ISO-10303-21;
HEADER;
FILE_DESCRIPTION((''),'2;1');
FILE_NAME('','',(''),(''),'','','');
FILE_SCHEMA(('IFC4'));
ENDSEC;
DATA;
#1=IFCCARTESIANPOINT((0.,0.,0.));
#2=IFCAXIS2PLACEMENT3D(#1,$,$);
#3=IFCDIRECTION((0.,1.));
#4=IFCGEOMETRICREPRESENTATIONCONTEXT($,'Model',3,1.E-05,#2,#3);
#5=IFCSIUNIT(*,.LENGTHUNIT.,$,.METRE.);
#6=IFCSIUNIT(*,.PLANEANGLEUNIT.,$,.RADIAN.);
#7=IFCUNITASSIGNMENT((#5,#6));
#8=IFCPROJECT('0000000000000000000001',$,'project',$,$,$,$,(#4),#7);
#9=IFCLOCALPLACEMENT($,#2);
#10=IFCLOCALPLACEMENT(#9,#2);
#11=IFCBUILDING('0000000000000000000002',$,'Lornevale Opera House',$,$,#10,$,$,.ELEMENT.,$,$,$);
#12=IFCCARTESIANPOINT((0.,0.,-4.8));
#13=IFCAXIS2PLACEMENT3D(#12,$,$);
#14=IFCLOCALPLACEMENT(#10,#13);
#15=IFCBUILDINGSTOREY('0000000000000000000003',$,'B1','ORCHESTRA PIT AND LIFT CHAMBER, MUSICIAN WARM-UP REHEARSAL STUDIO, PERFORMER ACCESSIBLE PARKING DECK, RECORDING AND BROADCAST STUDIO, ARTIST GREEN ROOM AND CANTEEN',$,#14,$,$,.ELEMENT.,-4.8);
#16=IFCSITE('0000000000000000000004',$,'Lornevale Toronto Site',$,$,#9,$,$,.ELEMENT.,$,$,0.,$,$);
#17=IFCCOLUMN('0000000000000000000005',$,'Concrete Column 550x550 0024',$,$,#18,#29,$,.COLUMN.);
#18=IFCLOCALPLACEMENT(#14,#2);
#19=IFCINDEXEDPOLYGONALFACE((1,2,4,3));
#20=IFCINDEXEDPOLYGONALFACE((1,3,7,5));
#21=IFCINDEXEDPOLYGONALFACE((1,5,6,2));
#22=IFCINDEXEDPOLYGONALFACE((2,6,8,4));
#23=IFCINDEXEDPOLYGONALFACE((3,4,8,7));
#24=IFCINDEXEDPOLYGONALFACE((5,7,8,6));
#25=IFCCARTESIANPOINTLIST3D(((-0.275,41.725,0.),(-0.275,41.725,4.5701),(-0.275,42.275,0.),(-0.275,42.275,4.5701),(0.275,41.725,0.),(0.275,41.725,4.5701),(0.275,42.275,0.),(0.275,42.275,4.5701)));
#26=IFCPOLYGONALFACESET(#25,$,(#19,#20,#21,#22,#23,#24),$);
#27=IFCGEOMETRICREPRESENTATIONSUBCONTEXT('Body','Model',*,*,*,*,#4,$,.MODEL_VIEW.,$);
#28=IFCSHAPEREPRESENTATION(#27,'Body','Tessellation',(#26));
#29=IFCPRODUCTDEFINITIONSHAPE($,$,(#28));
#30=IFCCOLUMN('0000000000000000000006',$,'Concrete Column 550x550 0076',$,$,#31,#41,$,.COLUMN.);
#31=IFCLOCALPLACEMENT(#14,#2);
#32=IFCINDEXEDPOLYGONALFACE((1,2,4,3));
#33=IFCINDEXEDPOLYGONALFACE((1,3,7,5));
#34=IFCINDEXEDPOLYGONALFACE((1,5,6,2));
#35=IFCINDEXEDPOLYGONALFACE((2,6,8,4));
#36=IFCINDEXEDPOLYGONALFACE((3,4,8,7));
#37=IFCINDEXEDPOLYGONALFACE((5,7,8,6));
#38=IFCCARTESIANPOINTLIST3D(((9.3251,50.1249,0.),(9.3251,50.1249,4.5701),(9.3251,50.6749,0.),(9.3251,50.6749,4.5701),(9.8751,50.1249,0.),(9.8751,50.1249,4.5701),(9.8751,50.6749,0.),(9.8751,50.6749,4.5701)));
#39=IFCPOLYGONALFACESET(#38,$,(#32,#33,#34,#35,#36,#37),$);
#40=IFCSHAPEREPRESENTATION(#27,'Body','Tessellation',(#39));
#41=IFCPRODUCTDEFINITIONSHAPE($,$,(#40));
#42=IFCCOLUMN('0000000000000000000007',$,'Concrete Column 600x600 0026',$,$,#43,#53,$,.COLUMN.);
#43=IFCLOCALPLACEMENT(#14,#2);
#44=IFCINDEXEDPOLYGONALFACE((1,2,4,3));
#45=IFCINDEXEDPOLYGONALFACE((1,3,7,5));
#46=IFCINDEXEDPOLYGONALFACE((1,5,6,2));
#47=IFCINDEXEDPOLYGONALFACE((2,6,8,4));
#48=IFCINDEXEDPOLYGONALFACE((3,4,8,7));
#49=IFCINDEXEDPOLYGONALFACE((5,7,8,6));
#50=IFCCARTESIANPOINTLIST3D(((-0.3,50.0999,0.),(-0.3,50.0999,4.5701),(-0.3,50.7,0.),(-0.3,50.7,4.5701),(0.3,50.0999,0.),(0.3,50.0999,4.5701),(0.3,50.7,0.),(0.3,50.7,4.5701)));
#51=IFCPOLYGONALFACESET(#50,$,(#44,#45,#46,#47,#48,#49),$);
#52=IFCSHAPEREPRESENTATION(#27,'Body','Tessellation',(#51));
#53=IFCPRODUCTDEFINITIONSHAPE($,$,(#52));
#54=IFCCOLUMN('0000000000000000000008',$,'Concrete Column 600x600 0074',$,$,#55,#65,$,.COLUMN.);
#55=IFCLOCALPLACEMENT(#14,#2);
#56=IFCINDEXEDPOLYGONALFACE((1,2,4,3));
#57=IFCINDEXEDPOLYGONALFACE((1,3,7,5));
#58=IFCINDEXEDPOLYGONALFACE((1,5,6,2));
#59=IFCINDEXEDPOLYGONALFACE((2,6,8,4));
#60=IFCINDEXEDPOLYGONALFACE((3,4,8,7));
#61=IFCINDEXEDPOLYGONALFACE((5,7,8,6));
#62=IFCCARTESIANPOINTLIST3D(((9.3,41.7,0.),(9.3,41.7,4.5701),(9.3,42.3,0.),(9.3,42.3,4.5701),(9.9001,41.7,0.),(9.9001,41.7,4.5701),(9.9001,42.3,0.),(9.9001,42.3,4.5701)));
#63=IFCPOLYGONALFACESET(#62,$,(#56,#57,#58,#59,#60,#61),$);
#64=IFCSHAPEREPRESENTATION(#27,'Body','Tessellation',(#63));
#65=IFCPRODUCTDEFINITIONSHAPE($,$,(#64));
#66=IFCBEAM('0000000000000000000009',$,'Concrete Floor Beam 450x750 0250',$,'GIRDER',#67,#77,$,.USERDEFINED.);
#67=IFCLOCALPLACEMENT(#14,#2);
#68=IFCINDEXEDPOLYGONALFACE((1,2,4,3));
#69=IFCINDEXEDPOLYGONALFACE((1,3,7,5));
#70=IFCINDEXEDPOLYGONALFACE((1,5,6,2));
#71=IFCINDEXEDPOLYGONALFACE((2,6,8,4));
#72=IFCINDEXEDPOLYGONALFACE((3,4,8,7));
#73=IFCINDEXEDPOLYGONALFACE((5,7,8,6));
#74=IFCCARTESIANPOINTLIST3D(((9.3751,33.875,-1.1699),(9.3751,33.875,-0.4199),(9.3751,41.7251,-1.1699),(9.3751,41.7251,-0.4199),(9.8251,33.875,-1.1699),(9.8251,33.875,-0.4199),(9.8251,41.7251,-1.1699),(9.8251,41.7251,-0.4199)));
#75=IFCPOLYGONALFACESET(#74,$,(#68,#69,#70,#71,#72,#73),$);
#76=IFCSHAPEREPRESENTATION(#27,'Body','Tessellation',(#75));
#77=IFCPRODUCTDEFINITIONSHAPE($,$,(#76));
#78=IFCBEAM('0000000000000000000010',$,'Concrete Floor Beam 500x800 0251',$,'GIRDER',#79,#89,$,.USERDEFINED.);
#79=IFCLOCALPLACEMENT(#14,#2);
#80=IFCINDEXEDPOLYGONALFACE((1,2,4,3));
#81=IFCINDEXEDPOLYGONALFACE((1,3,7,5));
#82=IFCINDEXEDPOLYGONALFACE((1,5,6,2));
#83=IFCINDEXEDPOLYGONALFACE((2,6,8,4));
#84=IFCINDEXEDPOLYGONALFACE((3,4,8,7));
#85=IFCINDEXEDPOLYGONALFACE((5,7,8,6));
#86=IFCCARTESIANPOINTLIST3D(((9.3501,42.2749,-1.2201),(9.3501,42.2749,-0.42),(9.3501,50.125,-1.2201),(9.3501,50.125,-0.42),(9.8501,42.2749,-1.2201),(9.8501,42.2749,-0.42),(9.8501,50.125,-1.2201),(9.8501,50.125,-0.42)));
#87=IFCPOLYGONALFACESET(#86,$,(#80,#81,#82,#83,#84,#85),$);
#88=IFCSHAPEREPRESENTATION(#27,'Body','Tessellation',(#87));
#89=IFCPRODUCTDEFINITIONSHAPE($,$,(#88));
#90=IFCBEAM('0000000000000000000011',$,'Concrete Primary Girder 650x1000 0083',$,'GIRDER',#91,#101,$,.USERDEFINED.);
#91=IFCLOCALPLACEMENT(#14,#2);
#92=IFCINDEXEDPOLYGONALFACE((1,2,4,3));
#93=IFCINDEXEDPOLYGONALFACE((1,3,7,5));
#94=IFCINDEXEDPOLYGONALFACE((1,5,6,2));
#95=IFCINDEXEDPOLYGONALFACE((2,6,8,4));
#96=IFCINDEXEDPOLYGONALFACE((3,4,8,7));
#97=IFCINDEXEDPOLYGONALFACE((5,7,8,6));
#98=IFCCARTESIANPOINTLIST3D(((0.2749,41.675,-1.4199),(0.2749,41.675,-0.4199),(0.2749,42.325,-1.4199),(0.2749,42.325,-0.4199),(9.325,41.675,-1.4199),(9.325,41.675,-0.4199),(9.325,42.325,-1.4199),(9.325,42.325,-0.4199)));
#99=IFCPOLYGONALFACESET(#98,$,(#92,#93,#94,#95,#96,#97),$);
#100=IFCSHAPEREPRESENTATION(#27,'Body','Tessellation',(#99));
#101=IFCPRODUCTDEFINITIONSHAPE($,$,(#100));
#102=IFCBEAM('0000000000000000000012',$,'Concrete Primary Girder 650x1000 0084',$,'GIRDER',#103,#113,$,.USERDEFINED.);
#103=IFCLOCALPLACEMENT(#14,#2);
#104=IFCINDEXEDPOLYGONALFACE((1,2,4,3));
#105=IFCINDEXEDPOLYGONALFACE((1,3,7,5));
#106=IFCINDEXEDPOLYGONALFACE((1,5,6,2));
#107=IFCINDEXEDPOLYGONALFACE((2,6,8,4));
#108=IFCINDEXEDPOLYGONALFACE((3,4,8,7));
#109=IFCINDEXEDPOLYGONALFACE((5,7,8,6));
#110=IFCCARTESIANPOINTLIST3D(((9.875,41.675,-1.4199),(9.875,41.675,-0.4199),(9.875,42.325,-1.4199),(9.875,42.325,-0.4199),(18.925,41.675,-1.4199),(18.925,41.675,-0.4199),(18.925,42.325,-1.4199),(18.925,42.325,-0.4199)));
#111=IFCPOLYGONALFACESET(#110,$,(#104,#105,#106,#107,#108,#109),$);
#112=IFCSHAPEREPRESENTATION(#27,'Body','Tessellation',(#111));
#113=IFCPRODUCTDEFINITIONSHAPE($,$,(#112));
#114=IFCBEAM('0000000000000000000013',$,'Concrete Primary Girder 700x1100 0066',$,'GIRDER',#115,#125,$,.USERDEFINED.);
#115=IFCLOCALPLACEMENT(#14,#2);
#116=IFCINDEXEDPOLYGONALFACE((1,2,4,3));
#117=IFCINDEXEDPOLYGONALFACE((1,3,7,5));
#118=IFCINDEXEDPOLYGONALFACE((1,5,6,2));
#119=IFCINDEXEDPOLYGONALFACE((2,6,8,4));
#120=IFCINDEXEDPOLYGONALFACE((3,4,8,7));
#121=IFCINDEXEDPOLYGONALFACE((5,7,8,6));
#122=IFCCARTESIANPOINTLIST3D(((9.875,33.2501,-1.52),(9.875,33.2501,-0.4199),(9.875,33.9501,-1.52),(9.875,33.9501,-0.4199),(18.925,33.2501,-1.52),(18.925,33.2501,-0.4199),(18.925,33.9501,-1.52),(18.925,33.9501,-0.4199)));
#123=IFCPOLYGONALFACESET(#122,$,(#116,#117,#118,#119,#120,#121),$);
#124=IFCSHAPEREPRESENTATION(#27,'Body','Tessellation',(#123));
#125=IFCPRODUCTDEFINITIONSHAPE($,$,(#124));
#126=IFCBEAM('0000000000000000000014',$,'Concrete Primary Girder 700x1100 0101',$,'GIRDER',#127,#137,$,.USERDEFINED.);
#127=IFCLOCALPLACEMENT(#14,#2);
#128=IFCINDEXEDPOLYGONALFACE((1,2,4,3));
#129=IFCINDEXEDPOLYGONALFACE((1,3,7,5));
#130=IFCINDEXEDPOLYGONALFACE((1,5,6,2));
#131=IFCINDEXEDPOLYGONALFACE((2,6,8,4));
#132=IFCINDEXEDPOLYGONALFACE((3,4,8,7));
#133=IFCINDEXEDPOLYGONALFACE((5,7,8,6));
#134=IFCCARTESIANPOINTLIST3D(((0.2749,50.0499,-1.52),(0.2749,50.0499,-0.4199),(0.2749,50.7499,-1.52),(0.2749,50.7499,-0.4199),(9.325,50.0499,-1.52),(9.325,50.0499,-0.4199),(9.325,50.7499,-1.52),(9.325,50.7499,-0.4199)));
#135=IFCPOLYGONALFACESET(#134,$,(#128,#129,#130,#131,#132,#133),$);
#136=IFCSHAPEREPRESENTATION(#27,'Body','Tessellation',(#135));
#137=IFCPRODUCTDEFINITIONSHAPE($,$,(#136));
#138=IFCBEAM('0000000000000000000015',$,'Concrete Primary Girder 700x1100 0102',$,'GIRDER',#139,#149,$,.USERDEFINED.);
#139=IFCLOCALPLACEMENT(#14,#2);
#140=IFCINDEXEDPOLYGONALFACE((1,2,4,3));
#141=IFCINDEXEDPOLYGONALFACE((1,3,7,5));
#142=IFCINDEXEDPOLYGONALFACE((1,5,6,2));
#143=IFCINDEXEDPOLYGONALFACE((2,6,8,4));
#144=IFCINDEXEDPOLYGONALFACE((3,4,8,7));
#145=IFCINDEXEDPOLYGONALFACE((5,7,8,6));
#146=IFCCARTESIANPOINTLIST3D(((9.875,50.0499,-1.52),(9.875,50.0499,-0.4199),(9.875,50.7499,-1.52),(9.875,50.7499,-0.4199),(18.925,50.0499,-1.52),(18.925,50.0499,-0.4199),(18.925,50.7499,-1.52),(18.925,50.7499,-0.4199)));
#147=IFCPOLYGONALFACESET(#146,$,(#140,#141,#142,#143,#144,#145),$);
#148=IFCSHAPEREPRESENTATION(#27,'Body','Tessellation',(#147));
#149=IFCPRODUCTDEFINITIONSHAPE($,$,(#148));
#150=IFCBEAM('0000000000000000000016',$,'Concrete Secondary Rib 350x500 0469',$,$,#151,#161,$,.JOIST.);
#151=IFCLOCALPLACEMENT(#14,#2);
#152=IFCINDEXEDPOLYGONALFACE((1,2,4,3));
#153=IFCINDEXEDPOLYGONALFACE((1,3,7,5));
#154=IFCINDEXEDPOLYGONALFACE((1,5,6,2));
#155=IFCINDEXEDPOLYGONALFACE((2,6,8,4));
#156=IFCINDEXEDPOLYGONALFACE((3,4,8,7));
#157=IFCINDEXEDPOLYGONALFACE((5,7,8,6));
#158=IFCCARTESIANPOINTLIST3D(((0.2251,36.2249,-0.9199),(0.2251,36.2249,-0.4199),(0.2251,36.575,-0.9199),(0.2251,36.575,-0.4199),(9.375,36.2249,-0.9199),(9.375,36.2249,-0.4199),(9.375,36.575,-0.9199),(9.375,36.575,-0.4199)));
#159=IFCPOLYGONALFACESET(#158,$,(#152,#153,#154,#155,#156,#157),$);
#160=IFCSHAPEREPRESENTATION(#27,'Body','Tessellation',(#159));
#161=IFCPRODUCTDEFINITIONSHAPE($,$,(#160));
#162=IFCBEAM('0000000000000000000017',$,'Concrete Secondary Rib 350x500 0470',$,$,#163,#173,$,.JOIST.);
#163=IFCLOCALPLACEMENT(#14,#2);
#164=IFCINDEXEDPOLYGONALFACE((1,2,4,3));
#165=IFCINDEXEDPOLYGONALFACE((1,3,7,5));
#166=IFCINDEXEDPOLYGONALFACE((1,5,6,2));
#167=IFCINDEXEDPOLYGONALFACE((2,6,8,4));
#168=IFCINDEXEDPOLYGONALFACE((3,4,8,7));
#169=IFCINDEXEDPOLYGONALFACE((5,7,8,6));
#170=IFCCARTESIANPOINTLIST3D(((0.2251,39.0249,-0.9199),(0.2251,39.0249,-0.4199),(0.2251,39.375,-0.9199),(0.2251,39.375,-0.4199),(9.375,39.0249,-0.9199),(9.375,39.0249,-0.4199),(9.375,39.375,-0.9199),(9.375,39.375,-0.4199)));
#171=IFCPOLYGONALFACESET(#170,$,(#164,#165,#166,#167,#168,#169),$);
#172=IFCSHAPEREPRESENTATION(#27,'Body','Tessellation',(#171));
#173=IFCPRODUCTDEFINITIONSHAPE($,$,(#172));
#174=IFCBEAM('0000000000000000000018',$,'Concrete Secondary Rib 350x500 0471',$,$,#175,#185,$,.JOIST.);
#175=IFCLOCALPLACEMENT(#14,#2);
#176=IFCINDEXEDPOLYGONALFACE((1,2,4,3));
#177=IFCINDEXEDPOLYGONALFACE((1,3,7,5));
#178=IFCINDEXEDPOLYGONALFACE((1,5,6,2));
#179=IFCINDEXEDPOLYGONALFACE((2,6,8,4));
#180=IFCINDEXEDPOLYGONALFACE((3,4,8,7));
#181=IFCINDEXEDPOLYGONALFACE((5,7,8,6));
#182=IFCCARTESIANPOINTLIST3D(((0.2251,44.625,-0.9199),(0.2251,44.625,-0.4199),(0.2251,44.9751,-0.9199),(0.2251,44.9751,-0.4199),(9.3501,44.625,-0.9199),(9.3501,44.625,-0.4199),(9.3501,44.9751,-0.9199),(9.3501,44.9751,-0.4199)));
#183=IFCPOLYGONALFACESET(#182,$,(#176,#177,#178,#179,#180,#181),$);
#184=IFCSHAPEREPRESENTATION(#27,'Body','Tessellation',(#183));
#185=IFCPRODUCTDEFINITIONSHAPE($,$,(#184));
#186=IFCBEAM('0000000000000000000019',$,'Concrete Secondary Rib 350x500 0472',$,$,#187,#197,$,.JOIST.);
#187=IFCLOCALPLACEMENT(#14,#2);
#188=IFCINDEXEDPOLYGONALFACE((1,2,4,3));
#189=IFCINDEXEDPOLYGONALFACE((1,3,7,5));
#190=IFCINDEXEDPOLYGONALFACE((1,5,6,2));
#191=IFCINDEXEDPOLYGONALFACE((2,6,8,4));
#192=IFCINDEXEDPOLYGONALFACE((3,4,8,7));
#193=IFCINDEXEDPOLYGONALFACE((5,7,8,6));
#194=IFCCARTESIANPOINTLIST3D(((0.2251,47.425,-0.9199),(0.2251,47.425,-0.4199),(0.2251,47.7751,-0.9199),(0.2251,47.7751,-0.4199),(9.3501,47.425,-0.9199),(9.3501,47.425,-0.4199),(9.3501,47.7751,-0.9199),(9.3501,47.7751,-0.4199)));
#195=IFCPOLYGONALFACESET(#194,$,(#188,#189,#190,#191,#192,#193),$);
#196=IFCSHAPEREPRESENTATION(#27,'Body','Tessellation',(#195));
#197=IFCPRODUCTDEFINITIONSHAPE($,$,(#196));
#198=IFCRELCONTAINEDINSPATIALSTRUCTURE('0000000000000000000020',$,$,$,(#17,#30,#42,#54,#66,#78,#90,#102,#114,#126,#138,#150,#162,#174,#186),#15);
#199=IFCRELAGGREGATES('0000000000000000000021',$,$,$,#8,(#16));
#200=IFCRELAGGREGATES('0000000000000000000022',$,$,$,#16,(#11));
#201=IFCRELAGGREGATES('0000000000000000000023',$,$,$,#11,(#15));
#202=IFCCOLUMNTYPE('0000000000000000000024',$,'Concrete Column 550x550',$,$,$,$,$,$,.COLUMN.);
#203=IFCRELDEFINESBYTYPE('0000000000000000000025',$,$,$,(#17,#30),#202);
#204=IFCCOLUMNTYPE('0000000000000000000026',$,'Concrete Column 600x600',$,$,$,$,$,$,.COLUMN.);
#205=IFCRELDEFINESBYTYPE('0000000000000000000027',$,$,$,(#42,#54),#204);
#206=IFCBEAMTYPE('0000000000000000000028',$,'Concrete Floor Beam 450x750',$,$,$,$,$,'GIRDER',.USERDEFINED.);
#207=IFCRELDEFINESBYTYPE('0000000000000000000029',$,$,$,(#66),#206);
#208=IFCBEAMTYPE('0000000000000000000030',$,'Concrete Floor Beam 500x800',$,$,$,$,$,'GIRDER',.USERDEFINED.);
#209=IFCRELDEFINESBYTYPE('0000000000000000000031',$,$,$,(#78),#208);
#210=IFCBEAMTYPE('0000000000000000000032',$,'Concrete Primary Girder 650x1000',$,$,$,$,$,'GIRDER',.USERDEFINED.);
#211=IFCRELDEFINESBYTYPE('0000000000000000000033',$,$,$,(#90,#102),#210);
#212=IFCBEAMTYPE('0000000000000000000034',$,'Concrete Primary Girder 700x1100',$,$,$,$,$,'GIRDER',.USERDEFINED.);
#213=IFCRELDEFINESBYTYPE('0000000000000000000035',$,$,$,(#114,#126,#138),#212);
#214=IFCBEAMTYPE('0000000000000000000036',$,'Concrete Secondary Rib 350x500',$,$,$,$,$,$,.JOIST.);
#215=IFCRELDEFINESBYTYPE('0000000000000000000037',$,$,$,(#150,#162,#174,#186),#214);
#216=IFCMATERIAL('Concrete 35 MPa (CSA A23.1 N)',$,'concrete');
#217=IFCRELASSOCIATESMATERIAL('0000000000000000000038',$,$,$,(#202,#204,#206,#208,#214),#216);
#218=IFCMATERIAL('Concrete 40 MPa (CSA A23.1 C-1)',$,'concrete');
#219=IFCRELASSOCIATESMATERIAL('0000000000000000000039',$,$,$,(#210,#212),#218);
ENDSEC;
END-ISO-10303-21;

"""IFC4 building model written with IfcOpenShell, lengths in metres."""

from ifc_helpers import new_model, si_unit, direction, frame, origin, origin_2d, place, context, subcontext, project, spatial, rectangle, extrude, material, material_profile, profile_set, type_object, element, save


model = new_model("IFC4")

# Units and contexts
model_context = context("Model", 3, precision=1e-05, world=origin(), true_north=direction((0.0, 1.0)))
body_context = subcontext(model_context, "Body", "Model", "MODEL_VIEW")
ifc_project = project(units=[si_unit("LENGTHUNIT", "METRE"), si_unit("PLANEANGLEUNIT", "RADIAN")], contexts=[model_context])

# Site, building, storey
site_placement = place(None, origin())
site = spatial("IfcSite", under=ifc_project, at=site_placement, Name="Lornevale Toronto Site", CompositionType="ELEMENT", RefElevation=0.0)
building_placement = place(site_placement, origin())
building = spatial("IfcBuilding", under=site, at=building_placement, Name="Lornevale Opera House", CompositionType="ELEMENT")
storey_placement = place(building_placement, frame((0.0, 0.0, -4.8)))
storey = spatial("IfcBuildingStorey", under=building, at=storey_placement, Name="B1", Description="ORCHESTRA PIT AND LIFT CHAMBER, MUSICIAN WARM-UP REHEARSAL STUDIO, PERFORMER ACCESSIBLE PARKING DECK, RECORDING AND BROADCAST STUDIO, ARTIST GREEN ROOM AND CANTEEN", CompositionType="ELEMENT", Elevation=-4.8)

# Columns
ifc_material_1 = material(Name="Concrete 35 MPa (CSA A23.1 N)", Category="concrete")
ifc_material_profile_1 = material_profile(ifc_material_1, rectangle(XDim=0.55, YDim=0.55, at=origin_2d()), Name="RC550x550")
ifc_profile_set_1 = profile_set([ifc_material_profile_1], Name="Concrete 35 MPa (CSA A23.1 N)")
column_type_1 = type_object("IfcColumnType", Name="Concrete Column 550x550", PredefinedType="COLUMN", material=ifc_profile_set_1)
for number, where, z_axis, x_axis, name in (
    (1, (0.0, 42.0, 0.0), (0.0, 0.0, 1.0), (1.0, 0.0, 0.0), "Concrete Column 550x550 0024"),
    (2, (9.6001, 50.3999, 0.0), (0.0, 0.0, 1.0), (1.0, 0.0, 0.0), "Concrete Column 550x550 0076"),
):
    element("IfcColumn", number, at=place(storey_placement, frame(where, z_axis=z_axis, x_axis=x_axis)), inside=storey, type_object=column_type_1, Name=name, PredefinedType="COLUMN", context=body_context, shape_type="SweptSolid", body=[
        extrude(rectangle(XDim=0.55, YDim=0.55, at=origin_2d()), origin(), (0.0, 0.0, 1.0), 4.5701),
    ])
ifc_material_profile_2 = material_profile(ifc_material_1, rectangle(XDim=0.6001, YDim=0.6001, at=origin_2d()), Name="RC600x600")
ifc_profile_set_2 = profile_set([ifc_material_profile_2], Name="Concrete 35 MPa (CSA A23.1 N)")
column_type_2 = type_object("IfcColumnType", Name="Concrete Column 600x600", PredefinedType="COLUMN", material=ifc_profile_set_2)
for number, where, z_axis, x_axis, name in (
    (3, (0.0, 50.3999, 0.0), (0.0, 0.0, 1.0), (1.0, 0.0, 0.0), "Concrete Column 600x600 0026"),
    (4, (9.6001, 42.0, 0.0), (0.0, 0.0, 1.0), (1.0, 0.0, 0.0), "Concrete Column 600x600 0074"),
):
    element("IfcColumn", number, at=place(storey_placement, frame(where, z_axis=z_axis, x_axis=x_axis)), inside=storey, type_object=column_type_2, Name=name, PredefinedType="COLUMN", context=body_context, shape_type="SweptSolid", body=[
        extrude(rectangle(XDim=0.6001, YDim=0.6001, at=origin_2d()), origin(), (0.0, 0.0, 1.0), 4.5701),
    ])

# Beams
ifc_material_profile_3 = material_profile(ifc_material_1, rectangle(XDim=0.45, YDim=0.75, at=origin_2d()), Name="RC450x750")
ifc_profile_set_3 = profile_set([ifc_material_profile_3], Name="Concrete 35 MPa (CSA A23.1 N)")
beam_type_1 = type_object("IfcBeamType", Name="Concrete Floor Beam 450x750", ElementType="GIRDER", PredefinedType="USERDEFINED", material=ifc_profile_set_3)
beam_1_placement = place(storey_placement, frame((9.6001, 33.875, -0.7949), z_axis=(0.0, 1.0, 0.0), x_axis=(-1.0, 0.0, 0.0)))
element("IfcBeam", 5, at=beam_1_placement, inside=storey, type_object=beam_type_1, Name="Concrete Floor Beam 450x750 0250", ObjectType="GIRDER", PredefinedType="USERDEFINED", context=body_context, shape_type="SweptSolid", body=[
    extrude(rectangle(XDim=0.45, YDim=0.75, at=origin_2d()), origin(), (0.0, 0.0, 1.0), 7.8501),
])
ifc_material_profile_4 = material_profile(ifc_material_1, rectangle(XDim=0.5, YDim=0.8, at=origin_2d()), Name="RC500x800")
ifc_profile_set_4 = profile_set([ifc_material_profile_4], Name="Concrete 35 MPa (CSA A23.1 N)")
beam_type_2 = type_object("IfcBeamType", Name="Concrete Floor Beam 500x800", ElementType="GIRDER", PredefinedType="USERDEFINED", material=ifc_profile_set_4)
beam_2_placement = place(storey_placement, frame((9.6001, 42.2749, -0.8201), z_axis=(0.0, 1.0, 0.0), x_axis=(-1.0, 0.0, 0.0)))
element("IfcBeam", 6, at=beam_2_placement, inside=storey, type_object=beam_type_2, Name="Concrete Floor Beam 500x800 0251", ObjectType="GIRDER", PredefinedType="USERDEFINED", context=body_context, shape_type="SweptSolid", body=[
    extrude(rectangle(XDim=0.5, YDim=0.8, at=origin_2d()), origin(), (0.0, 0.0, 1.0), 7.8501),
])
ifc_material_2 = material(Name="Concrete 40 MPa (CSA A23.1 C-1)", Category="concrete")
ifc_material_profile_5 = material_profile(ifc_material_2, rectangle(XDim=0.6499, YDim=1.0, at=origin_2d()), Name="RC650x1000")
ifc_profile_set_5 = profile_set([ifc_material_profile_5], Name="Concrete 40 MPa (CSA A23.1 C-1)")
beam_type_3 = type_object("IfcBeamType", Name="Concrete Primary Girder 650x1000", ElementType="GIRDER", PredefinedType="USERDEFINED", material=ifc_profile_set_5)
for number, where, z_axis, x_axis, name in (
    (7, (0.2749, 42.0, -0.9199), (1.0, 0.0, 0.0), (0.0, 1.0, 0.0), "Concrete Primary Girder 650x1000 0083"),
    (8, (9.875, 42.0, -0.9199), (1.0, 0.0, 0.0), (0.0, 1.0, 0.0), "Concrete Primary Girder 650x1000 0084"),
):
    element("IfcBeam", number, at=place(storey_placement, frame(where, z_axis=z_axis, x_axis=x_axis)), inside=storey, type_object=beam_type_3, Name=name, ObjectType="GIRDER", PredefinedType="USERDEFINED", context=body_context, shape_type="SweptSolid", body=[
        extrude(rectangle(XDim=0.6499, YDim=1.0, at=origin_2d()), origin(), (0.0, 0.0, 1.0), 9.05),
    ])
ifc_material_profile_6 = material_profile(ifc_material_2, rectangle(XDim=0.7, YDim=1.1001, at=origin_2d()), Name="RC700x1100")
ifc_profile_set_6 = profile_set([ifc_material_profile_6], Name="Concrete 40 MPa (CSA A23.1 C-1)")
beam_type_4 = type_object("IfcBeamType", Name="Concrete Primary Girder 700x1100", ElementType="GIRDER", PredefinedType="USERDEFINED", material=ifc_profile_set_6)
for number, where, z_axis, x_axis, name in (
    (9, (9.875, 33.6001, -0.97), (1.0, 0.0, 0.0), (0.0, 1.0, 0.0), "Concrete Primary Girder 700x1100 0066"),
    (10, (0.2749, 50.3999, -0.97), (1.0, 0.0, 0.0), (0.0, 1.0, 0.0), "Concrete Primary Girder 700x1100 0101"),
    (11, (9.875, 50.3999, -0.97), (1.0, 0.0, 0.0), (0.0, 1.0, 0.0), "Concrete Primary Girder 700x1100 0102"),
):
    element("IfcBeam", number, at=place(storey_placement, frame(where, z_axis=z_axis, x_axis=x_axis)), inside=storey, type_object=beam_type_4, Name=name, ObjectType="GIRDER", PredefinedType="USERDEFINED", context=body_context, shape_type="SweptSolid", body=[
        extrude(rectangle(XDim=0.7, YDim=1.1001, at=origin_2d()), origin(), (0.0, 0.0, 1.0), 9.05),
    ])
ifc_material_profile_7 = material_profile(ifc_material_1, rectangle(XDim=0.3501, YDim=0.5, at=origin_2d()), Name="RC350x500")
ifc_profile_set_7 = profile_set([ifc_material_profile_7], Name="Concrete 35 MPa (CSA A23.1 N)")
beam_type_5 = type_object("IfcBeamType", Name="Concrete Secondary Rib 350x500", PredefinedType="JOIST", material=ifc_profile_set_7)
for number, where, z_axis, x_axis, name in (
    (12, (0.2251, 36.3999, -0.6699), (1.0, 0.0, 0.0), (0.0, 1.0, 0.0), "Concrete Secondary Rib 350x500 0469"),
    (13, (0.2251, 39.2, -0.6699), (1.0, 0.0, 0.0), (0.0, 1.0, 0.0), "Concrete Secondary Rib 350x500 0470"),
):
    element("IfcBeam", number, at=place(storey_placement, frame(where, z_axis=z_axis, x_axis=x_axis)), inside=storey, type_object=beam_type_5, Name=name, PredefinedType="JOIST", context=body_context, shape_type="SweptSolid", body=[
        extrude(rectangle(XDim=0.3501, YDim=0.5, at=origin_2d()), origin(), (0.0, 0.0, 1.0), 9.1499),
    ])
for number, where, z_axis, x_axis, name in (
    (14, (0.2251, 44.8, -0.6699), (1.0, 0.0, 0.0), (0.0, 1.0, 0.0), "Concrete Secondary Rib 350x500 0471"),
    (15, (0.2251, 47.6001, -0.6699), (1.0, 0.0, 0.0), (0.0, 1.0, 0.0), "Concrete Secondary Rib 350x500 0472"),
):
    element("IfcBeam", number, at=place(storey_placement, frame(where, z_axis=z_axis, x_axis=x_axis)), inside=storey, type_object=beam_type_5, Name=name, PredefinedType="JOIST", context=body_context, shape_type="SweptSolid", body=[
        extrude(rectangle(XDim=0.3501, YDim=0.5, at=origin_2d()), origin(), (0.0, 0.0, 1.0), 9.125),
    ])

save(model, "model.ifc")
